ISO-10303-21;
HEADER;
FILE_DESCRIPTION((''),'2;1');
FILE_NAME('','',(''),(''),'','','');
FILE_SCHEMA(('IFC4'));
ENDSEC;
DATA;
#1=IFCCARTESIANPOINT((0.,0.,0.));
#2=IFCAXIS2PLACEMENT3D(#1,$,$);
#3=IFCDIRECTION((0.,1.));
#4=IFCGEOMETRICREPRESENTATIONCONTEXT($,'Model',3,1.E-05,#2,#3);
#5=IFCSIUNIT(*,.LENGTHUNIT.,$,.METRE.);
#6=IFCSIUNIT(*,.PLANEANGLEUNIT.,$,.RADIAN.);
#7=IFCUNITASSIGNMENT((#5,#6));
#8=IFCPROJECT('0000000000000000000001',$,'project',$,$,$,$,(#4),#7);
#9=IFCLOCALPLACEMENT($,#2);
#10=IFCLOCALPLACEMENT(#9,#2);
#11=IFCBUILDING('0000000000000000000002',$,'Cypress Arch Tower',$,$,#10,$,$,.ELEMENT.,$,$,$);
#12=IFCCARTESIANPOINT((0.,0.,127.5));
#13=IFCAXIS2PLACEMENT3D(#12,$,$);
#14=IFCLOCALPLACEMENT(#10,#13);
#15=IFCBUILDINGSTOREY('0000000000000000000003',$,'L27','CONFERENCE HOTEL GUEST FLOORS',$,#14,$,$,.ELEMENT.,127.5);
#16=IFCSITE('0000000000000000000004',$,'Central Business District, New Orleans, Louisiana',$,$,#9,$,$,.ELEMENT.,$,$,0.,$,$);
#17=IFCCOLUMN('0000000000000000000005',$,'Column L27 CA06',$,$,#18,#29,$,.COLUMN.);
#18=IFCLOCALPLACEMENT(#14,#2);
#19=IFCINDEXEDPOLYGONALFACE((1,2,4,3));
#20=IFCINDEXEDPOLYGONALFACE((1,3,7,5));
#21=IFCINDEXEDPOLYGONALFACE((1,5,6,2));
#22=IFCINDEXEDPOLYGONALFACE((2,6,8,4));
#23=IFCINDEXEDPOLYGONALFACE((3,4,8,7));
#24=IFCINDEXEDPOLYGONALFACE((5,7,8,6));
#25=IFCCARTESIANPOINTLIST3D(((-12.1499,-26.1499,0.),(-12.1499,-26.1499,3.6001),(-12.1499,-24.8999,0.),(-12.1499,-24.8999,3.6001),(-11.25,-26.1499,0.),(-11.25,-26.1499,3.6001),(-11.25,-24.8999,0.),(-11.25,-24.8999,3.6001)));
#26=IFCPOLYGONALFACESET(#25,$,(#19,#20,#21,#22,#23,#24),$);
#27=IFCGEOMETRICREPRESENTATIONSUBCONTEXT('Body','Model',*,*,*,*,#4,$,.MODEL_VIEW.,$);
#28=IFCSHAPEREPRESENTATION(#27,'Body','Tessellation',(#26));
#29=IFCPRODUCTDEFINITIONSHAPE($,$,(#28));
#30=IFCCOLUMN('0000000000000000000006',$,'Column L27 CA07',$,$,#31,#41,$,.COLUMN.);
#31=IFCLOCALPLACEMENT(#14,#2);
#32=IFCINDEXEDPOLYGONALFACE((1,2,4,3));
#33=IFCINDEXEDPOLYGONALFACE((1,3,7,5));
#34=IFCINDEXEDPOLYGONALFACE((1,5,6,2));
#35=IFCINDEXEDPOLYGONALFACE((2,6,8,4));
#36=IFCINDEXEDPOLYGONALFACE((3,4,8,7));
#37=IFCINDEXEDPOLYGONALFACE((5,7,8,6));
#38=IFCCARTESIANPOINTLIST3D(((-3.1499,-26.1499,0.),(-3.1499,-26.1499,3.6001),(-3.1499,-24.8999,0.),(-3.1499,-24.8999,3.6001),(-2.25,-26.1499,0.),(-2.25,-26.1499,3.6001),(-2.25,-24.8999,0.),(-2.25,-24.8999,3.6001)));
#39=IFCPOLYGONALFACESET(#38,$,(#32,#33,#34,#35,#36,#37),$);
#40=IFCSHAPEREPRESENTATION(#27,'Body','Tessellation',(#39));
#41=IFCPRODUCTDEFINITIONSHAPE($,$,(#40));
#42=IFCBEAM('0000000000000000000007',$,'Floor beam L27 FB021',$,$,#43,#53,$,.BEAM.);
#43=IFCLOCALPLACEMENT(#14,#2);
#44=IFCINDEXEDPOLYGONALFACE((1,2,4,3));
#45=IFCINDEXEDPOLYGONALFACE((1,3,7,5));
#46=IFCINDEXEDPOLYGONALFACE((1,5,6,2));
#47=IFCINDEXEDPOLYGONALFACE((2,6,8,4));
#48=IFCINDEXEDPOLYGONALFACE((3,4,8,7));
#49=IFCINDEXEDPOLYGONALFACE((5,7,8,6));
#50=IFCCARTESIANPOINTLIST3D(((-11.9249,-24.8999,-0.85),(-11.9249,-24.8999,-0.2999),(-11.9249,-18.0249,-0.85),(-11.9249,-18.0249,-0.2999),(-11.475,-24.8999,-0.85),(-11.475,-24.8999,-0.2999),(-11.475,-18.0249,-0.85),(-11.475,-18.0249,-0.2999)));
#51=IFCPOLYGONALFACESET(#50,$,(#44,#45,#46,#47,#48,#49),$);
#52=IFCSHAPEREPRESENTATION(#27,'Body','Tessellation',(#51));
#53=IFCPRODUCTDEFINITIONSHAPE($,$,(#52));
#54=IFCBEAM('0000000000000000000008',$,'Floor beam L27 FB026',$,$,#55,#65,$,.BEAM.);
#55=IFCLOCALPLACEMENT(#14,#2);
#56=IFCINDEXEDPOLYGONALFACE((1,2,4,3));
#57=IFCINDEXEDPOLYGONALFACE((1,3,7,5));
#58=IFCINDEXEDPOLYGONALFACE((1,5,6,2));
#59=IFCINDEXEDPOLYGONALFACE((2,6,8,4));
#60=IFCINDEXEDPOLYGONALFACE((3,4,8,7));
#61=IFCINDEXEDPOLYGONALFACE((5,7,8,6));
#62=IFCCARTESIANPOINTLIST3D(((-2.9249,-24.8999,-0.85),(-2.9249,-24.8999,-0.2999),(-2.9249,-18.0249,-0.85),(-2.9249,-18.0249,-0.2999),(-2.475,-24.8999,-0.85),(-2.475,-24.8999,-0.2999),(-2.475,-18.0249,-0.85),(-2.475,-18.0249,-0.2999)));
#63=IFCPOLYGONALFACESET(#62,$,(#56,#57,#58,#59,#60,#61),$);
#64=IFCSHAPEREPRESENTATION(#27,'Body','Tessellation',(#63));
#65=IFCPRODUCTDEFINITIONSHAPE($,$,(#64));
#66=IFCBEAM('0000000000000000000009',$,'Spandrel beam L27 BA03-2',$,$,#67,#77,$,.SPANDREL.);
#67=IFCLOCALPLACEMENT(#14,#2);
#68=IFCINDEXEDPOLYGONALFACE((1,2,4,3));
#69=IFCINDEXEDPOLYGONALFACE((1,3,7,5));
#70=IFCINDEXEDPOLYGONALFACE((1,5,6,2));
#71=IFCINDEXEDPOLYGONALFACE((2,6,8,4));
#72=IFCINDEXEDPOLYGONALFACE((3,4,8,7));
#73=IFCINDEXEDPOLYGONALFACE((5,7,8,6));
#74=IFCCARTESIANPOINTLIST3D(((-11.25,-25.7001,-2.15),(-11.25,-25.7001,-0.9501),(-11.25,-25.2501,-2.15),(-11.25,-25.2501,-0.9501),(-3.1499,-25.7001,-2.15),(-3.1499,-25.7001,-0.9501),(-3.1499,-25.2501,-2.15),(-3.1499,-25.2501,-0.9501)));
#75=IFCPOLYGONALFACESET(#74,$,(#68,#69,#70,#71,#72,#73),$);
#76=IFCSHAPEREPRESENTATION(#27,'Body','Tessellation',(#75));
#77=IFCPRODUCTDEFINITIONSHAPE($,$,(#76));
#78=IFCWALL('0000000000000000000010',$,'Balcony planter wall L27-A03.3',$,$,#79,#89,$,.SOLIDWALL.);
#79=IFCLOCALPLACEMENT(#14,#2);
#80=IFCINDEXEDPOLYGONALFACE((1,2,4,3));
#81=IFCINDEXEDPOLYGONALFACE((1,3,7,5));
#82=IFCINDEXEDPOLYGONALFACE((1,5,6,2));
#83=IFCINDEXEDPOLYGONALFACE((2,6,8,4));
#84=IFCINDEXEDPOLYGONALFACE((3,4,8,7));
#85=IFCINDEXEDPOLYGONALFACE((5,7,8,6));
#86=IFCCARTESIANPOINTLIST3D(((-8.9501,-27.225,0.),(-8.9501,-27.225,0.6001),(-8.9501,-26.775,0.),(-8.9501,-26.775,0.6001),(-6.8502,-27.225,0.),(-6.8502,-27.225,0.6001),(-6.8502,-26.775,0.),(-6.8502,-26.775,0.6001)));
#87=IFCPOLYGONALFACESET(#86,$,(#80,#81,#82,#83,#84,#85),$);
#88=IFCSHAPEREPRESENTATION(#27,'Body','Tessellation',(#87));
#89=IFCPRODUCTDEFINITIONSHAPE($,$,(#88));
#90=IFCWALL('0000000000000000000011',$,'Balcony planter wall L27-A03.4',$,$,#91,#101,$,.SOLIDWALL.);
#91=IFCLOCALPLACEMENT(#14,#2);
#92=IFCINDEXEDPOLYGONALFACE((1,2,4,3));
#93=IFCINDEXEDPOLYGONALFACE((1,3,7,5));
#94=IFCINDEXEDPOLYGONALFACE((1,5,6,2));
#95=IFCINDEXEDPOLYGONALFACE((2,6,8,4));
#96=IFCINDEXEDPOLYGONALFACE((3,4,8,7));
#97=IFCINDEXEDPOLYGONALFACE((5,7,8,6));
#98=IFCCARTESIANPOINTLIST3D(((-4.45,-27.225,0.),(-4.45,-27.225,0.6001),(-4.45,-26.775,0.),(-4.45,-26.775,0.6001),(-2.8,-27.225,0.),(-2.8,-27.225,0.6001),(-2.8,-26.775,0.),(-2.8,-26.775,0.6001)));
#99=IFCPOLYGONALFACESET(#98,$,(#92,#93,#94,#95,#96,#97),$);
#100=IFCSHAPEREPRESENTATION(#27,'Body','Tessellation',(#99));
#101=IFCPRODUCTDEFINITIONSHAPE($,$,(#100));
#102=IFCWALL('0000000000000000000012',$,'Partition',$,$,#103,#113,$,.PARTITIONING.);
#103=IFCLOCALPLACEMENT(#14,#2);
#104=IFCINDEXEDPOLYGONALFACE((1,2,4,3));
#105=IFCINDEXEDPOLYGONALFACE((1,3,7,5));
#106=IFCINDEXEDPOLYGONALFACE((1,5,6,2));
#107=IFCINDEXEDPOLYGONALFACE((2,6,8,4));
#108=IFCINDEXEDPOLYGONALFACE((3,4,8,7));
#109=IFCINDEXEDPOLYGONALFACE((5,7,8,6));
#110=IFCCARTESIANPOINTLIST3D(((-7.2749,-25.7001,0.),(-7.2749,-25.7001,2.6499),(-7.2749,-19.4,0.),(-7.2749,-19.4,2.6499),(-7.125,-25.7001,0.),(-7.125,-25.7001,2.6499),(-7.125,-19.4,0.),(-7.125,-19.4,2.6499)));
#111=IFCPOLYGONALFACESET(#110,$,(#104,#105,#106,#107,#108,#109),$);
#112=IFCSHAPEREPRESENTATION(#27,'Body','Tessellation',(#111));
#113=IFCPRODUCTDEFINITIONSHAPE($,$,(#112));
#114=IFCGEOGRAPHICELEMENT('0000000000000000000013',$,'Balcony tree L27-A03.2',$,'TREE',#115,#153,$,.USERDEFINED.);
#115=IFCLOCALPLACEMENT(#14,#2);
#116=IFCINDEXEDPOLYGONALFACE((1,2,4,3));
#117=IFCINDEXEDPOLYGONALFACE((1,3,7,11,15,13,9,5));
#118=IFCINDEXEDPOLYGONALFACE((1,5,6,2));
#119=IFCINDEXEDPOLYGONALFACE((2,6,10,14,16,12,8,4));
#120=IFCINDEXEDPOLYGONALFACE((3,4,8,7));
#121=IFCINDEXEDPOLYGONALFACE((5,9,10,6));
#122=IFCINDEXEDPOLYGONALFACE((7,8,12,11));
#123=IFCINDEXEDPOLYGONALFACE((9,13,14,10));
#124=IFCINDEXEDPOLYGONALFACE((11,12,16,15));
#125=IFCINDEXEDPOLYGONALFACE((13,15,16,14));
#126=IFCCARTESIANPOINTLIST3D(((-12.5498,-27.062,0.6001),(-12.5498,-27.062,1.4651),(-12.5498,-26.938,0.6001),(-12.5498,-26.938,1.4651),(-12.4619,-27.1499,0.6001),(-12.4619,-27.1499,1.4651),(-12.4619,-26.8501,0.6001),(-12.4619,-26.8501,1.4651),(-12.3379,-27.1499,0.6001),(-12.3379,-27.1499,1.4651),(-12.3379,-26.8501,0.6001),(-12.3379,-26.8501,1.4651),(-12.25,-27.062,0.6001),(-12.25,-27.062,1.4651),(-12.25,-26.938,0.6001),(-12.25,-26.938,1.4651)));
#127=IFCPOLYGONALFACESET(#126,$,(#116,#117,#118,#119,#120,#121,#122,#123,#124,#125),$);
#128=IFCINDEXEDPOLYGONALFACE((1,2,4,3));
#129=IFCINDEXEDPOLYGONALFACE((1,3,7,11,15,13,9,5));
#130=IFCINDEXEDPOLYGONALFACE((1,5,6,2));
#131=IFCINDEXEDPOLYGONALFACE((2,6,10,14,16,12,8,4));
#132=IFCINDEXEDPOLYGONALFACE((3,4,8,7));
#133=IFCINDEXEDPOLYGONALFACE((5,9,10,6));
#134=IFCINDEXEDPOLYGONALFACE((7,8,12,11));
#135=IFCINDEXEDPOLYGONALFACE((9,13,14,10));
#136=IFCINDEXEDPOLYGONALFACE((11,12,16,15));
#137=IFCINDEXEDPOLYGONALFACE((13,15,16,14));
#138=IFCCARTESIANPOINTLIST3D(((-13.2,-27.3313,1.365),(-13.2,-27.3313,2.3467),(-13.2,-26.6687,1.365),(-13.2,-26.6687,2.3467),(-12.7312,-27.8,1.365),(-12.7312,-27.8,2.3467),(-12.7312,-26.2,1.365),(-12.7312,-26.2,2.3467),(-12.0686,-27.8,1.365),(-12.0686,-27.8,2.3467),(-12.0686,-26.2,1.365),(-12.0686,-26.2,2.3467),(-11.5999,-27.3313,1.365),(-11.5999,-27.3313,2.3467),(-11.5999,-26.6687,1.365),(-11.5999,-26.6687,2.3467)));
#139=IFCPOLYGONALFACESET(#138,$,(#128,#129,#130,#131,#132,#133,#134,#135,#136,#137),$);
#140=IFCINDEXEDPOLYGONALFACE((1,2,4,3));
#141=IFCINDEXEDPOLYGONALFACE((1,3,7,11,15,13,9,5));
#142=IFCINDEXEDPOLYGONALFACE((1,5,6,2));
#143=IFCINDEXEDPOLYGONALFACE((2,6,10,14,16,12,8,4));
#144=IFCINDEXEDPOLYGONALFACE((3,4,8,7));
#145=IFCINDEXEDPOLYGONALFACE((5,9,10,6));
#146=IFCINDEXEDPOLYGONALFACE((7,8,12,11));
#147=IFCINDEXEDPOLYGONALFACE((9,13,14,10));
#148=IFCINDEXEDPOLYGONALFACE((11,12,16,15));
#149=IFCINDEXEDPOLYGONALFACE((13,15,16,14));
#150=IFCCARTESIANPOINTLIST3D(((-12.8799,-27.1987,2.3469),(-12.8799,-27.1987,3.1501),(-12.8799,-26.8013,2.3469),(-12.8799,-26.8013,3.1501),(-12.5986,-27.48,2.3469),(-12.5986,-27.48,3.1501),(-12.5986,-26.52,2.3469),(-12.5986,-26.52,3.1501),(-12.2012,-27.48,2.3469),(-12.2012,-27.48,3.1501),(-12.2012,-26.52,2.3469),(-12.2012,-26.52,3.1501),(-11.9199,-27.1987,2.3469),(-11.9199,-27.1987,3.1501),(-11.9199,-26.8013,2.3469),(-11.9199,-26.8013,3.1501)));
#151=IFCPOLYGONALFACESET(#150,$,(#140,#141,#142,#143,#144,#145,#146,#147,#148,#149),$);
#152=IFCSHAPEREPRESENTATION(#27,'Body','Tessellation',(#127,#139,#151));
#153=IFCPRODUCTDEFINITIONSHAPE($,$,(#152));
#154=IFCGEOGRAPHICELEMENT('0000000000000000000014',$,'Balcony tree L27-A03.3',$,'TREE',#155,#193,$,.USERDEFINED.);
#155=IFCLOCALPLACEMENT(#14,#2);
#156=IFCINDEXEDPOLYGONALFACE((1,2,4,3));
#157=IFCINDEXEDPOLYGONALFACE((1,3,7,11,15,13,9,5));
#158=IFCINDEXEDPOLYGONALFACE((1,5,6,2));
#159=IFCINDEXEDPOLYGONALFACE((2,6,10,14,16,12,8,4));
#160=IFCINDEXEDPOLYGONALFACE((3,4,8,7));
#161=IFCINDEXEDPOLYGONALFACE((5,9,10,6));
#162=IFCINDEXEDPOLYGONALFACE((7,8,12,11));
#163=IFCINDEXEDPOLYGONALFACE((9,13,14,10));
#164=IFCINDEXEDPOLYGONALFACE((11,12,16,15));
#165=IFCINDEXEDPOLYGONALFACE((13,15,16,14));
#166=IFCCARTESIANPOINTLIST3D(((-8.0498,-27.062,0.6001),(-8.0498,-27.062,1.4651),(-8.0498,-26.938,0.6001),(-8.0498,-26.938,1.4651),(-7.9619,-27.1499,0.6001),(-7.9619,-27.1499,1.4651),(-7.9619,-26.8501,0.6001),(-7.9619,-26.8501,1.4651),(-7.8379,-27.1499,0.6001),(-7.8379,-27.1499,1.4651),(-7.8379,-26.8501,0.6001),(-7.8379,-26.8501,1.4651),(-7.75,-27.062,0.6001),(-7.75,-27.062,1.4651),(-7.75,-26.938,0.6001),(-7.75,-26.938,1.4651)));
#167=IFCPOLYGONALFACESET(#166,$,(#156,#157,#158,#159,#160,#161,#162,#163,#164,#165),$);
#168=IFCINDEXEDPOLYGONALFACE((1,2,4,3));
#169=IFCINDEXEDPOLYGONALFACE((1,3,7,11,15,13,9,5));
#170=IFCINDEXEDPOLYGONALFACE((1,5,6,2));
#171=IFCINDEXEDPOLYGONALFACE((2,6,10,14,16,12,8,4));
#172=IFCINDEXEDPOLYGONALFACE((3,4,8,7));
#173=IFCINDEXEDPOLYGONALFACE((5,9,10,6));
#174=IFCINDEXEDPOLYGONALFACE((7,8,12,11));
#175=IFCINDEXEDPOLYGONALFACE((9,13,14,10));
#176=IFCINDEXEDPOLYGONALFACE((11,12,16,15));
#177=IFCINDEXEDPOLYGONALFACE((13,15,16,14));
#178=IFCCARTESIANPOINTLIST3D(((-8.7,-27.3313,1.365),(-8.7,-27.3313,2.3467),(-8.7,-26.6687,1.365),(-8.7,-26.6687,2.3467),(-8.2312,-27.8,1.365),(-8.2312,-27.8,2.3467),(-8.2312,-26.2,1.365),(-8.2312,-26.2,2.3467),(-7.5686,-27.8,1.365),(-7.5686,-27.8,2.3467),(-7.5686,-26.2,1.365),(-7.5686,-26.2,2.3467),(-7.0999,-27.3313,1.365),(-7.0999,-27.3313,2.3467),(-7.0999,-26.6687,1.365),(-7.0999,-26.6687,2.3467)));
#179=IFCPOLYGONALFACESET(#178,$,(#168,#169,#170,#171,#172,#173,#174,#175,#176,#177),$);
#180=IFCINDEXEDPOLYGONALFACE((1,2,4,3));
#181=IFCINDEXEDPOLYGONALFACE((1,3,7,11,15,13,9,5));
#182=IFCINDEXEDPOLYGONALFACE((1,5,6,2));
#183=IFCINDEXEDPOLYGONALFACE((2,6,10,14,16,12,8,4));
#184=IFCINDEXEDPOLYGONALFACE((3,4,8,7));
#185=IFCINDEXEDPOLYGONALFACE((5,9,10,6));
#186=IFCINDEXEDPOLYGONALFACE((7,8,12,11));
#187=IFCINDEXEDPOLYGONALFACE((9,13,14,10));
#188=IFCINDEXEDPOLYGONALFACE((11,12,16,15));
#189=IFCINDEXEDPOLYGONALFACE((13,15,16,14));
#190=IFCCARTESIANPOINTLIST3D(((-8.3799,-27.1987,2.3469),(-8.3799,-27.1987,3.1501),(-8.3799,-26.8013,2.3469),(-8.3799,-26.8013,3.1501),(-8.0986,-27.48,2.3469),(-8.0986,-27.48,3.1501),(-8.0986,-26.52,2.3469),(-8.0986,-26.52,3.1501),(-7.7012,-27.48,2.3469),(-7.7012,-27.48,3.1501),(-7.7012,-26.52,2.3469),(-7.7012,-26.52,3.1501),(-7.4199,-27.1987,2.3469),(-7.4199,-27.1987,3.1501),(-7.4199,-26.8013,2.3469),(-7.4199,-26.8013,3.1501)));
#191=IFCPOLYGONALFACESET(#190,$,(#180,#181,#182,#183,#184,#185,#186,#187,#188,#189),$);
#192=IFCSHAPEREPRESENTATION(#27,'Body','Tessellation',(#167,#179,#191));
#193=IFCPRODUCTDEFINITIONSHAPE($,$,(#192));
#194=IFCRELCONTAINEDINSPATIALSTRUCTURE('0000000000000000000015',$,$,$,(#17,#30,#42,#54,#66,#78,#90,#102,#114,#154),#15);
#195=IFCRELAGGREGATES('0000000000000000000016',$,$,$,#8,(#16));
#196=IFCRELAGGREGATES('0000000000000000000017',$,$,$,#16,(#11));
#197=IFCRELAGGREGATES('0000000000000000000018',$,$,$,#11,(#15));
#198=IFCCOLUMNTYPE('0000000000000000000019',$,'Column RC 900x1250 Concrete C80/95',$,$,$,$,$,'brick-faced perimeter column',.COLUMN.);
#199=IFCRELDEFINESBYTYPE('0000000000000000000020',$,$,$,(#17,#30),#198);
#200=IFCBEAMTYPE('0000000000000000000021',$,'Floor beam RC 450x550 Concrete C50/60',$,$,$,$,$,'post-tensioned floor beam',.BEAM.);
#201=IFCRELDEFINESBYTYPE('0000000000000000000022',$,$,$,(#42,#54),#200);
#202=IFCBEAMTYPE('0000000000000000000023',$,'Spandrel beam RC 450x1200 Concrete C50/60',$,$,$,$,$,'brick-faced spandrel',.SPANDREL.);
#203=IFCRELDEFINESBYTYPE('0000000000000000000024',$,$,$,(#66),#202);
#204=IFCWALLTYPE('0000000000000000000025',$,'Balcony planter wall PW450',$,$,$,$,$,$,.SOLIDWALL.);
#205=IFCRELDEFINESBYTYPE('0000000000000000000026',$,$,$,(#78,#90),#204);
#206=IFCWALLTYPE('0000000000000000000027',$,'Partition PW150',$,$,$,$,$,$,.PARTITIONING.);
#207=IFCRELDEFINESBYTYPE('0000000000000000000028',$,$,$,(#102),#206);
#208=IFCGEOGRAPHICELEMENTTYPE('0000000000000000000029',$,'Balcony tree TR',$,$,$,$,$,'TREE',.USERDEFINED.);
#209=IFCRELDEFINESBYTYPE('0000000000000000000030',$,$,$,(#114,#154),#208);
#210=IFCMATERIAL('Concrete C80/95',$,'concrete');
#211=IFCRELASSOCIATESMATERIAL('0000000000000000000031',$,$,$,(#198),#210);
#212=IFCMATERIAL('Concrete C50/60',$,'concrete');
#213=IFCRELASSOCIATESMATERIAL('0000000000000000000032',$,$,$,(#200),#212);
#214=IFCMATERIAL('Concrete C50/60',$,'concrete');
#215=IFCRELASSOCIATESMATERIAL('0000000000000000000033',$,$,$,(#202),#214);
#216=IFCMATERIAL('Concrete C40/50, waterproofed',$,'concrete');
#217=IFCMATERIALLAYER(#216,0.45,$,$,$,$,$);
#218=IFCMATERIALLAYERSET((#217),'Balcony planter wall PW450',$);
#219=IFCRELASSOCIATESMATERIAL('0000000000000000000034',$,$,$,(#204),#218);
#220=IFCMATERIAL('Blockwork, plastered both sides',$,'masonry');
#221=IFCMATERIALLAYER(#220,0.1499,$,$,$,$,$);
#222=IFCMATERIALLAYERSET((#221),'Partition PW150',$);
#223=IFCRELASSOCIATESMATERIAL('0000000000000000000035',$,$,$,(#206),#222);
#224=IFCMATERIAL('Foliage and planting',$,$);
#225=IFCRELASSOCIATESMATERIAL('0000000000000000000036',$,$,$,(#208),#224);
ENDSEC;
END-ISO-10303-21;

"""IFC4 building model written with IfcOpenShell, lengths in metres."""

from ifc_helpers import new_model, si_unit, direction, frame, frame_2d, origin, origin_2d, place, context, subcontext, project, spatial, polyline, rectangle, outline, extrude, material, layer, layer_set, material_profile, profile_set, type_object, element, save


model = new_model("IFC4")

# Units and contexts
model_context = context("Model", 3, precision=1e-05, world=origin(), true_north=direction((0.0, 1.0)))
body_context = subcontext(model_context, "Body", "Model", "MODEL_VIEW")
ifc_project = project(units=[si_unit("LENGTHUNIT", "METRE"), si_unit("PLANEANGLEUNIT", "RADIAN")], contexts=[model_context])

# Site, building, storey
site_placement = place(None, origin())
site = spatial("IfcSite", under=ifc_project, at=site_placement, Name="Central Business District, New Orleans, Louisiana", CompositionType="ELEMENT", RefElevation=0.0)
building_placement = place(site_placement, origin())
building = spatial("IfcBuilding", under=site, at=building_placement, Name="Cypress Arch Tower", CompositionType="ELEMENT")
storey_placement = place(building_placement, frame((0.0, 0.0, 127.5)))
storey = spatial("IfcBuildingStorey", under=building, at=storey_placement, Name="L27", Description="CONFERENCE HOTEL GUEST FLOORS", CompositionType="ELEMENT", Elevation=127.5)

# Columns
ifc_material_1 = material(Name="Concrete C80/95", Category="concrete")
ifc_material_profile_1 = material_profile(ifc_material_1, rectangle(XDim=0.8999, YDim=1.25, at=origin_2d()), Name="RC 900x1250")
ifc_profile_set_1 = profile_set([ifc_material_profile_1], Name="Concrete C80/95")
column_type = type_object("IfcColumnType", Name="Column RC 900x1250 Concrete C80/95", ElementType="brick-faced perimeter column", PredefinedType="COLUMN", material=ifc_profile_set_1)
for number, where, z_axis, x_axis, name in (
    (1, (-11.7, -25.5249, 0.0), (0.0, 0.0, 1.0), (1.0, 0.0, 0.0), "Column L27 CA06"),
    (2, (-2.7, -25.5249, 0.0), (0.0, 0.0, 1.0), (1.0, 0.0, 0.0), "Column L27 CA07"),
):
    element("IfcColumn", number, at=place(storey_placement, frame(where, z_axis=z_axis, x_axis=x_axis)), inside=storey, type_object=column_type, Name=name, PredefinedType="COLUMN", context=body_context, shape_type="SweptSolid", body=[
        extrude(rectangle(XDim=0.8999, YDim=1.25, at=origin_2d()), origin(), (0.0, 0.0, 1.0), 3.6001),
    ])

# Beams
ifc_material_2 = material(Name="Concrete C50/60", Category="concrete")
ifc_material_profile_2 = material_profile(ifc_material_2, rectangle(XDim=0.45, YDim=0.55, at=origin_2d()), Name="RC 450x550")
ifc_profile_set_2 = profile_set([ifc_material_profile_2], Name="Concrete C50/60")
beam_type_1 = type_object("IfcBeamType", Name="Floor beam RC 450x550 Concrete C50/60", ElementType="post-tensioned floor beam", PredefinedType="BEAM", material=ifc_profile_set_2)
for number, where, z_axis, x_axis, name in (
    (3, (-11.7, -24.8999, -0.575), (0.0, 1.0, 0.0), (-1.0, 0.0, 0.0), "Floor beam L27 FB021"),
    (4, (-2.7, -24.8999, -0.575), (0.0, 1.0, 0.0), (-1.0, 0.0, 0.0), "Floor beam L27 FB026"),
):
    element("IfcBeam", number, at=place(storey_placement, frame(where, z_axis=z_axis, x_axis=x_axis)), inside=storey, type_object=beam_type_1, Name=name, PredefinedType="BEAM", context=body_context, shape_type="SweptSolid", body=[
        extrude(rectangle(XDim=0.45, YDim=0.55, at=origin_2d()), origin(), (0.0, 0.0, 1.0), 6.875),
    ])
ifc_material_3 = material(Name="Concrete C50/60", Category="concrete")
ifc_material_profile_3 = material_profile(ifc_material_3, rectangle(XDim=0.45, YDim=1.2, at=origin_2d()), Name="RC 450x1200")
ifc_profile_set_3 = profile_set([ifc_material_profile_3], Name="Concrete C50/60")
beam_type_2 = type_object("IfcBeamType", Name="Spandrel beam RC 450x1200 Concrete C50/60", ElementType="brick-faced spandrel", PredefinedType="SPANDREL", material=ifc_profile_set_3)
beam_placement = place(storey_placement, frame((-11.25, -25.4751, -1.55), z_axis=(1.0, 0.0, 0.0), x_axis=(0.0, 1.0, 0.0)))
element("IfcBeam", 5, at=beam_placement, inside=storey, type_object=beam_type_2, Name="Spandrel beam L27 BA03-2", PredefinedType="SPANDREL", context=body_context, shape_type="SweptSolid", body=[
    extrude(rectangle(XDim=0.45, YDim=1.2, at=origin_2d()), origin(), (0.0, 0.0, 1.0), 8.1001),
])

# Walls
ifc_material_4 = material(Name="Concrete C40/50, waterproofed", Category="concrete")
ifc_layer_1 = layer(ifc_material_4, 0.45)
ifc_layer_set_1 = layer_set([ifc_layer_1], Name="Balcony planter wall PW450")
wall_type_1 = type_object("IfcWallType", Name="Balcony planter wall PW450", PredefinedType="SOLIDWALL", material=ifc_layer_set_1)
wall_1_placement = place(storey_placement, frame((-8.95, -27.0, 0.0), z_axis=(0.0, 0.0, 1.0), x_axis=(1.0, 0.0, 0.0)))
element("IfcWall", 6, at=wall_1_placement, inside=storey, type_object=wall_type_1, Name="Balcony planter wall L27-A03.3", PredefinedType="SOLIDWALL", context=body_context, shape_type="SweptSolid", body=[
    extrude(rectangle(XDim=2.0999, YDim=0.45, at=frame_2d((1.0498, 0.0))), origin(), (0.0, 0.0, 1.0), 0.6001),
])
wall_2_placement = place(storey_placement, frame((-4.45, -27.0, 0.0), z_axis=(0.0, 0.0, 1.0), x_axis=(1.0, 0.0, 0.0)))
element("IfcWall", 7, at=wall_2_placement, inside=storey, type_object=wall_type_1, Name="Balcony planter wall L27-A03.4", PredefinedType="SOLIDWALL", context=body_context, shape_type="SweptSolid", body=[
    extrude(rectangle(XDim=1.6499, YDim=0.45, at=frame_2d((0.825, 0.0))), origin(), (0.0, 0.0, 1.0), 0.6001),
])

# Wall
ifc_material_5 = material(Name="Blockwork, plastered both sides", Category="masonry")
ifc_layer_2 = layer(ifc_material_5, 0.1499)
ifc_layer_set_2 = layer_set([ifc_layer_2], Name="Partition PW150")
wall_type_2 = type_object("IfcWallType", Name="Partition PW150", PredefinedType="PARTITIONING", material=ifc_layer_set_2)
wall_3_placement = place(storey_placement, frame((-7.2, -25.7, 0.0), z_axis=(0.0, 0.0, 1.0), x_axis=(0.0, 1.0, 0.0)))
element("IfcWall", 8, at=wall_3_placement, inside=storey, type_object=wall_type_2, Name="Partition", PredefinedType="PARTITIONING", context=body_context, shape_type="SweptSolid", body=[
    extrude(rectangle(XDim=6.3, YDim=0.1499, at=frame_2d((3.1499, 0.0))), origin(), (0.0, 0.0, 1.0), 2.6499),
])

# Geographic elements
ifc_material_6 = material(Name="Foliage and planting")
geographic_element_type = type_object("IfcGeographicElementType", Name="Balcony tree TR", ElementType="TREE", PredefinedType="USERDEFINED", material=ifc_material_6)
for number, where, z_axis, x_axis, name in (
    (9, (-12.3999, -27.0, 0.6001), (0.0, 0.0, 1.0), (1.0, 0.0, 0.0), "Balcony tree L27-A03.2"),
    (10, (-7.8999, -27.0, 0.6001), (0.0, 0.0, 1.0), (1.0, 0.0, 0.0), "Balcony tree L27-A03.3"),
):
    element("IfcGeographicElement", number, at=place(storey_placement, frame(where, z_axis=z_axis, x_axis=x_axis)), inside=storey, type_object=geographic_element_type, Name=name, ObjectType="TREE", PredefinedType="USERDEFINED", context=body_context, shape_type="SweptSolid", body=[
        extrude(outline(polyline([(0.1499, 0.062), (0.062, 0.1499), (-0.062, 0.1499), (-0.1499, 0.062), (-0.1499, -0.062), (-0.062, -0.1499), (0.062, -0.1499), (0.1499, -0.062), (0.1499, 0.062)])), origin(), (0.0, 0.0, 1.0), 0.865),
        extrude(outline(polyline([(0.8, 0.3313), (0.3313, 0.8), (-0.3313, 0.8), (-0.8, 0.3313), (-0.8, -0.3313), (-0.3313, -0.8), (0.3313, -0.8), (0.8, -0.3313), (0.8, 0.3313)])), frame((0.0, 0.0, 0.7649)), (0.0, 0.0, 1.0), 0.9817),
        extrude(outline(polyline([(0.48, 0.1987), (0.1987, 0.48), (-0.1987, 0.48), (-0.48, 0.1987), (-0.48, -0.1987), (-0.1987, -0.48), (0.1987, -0.48), (0.48, -0.1987), (0.48, 0.1987)])), frame((0.0, 0.0, 1.7468)), (0.0, 0.0, 1.0), 0.8032),
    ])

save(model, "model.ifc")
